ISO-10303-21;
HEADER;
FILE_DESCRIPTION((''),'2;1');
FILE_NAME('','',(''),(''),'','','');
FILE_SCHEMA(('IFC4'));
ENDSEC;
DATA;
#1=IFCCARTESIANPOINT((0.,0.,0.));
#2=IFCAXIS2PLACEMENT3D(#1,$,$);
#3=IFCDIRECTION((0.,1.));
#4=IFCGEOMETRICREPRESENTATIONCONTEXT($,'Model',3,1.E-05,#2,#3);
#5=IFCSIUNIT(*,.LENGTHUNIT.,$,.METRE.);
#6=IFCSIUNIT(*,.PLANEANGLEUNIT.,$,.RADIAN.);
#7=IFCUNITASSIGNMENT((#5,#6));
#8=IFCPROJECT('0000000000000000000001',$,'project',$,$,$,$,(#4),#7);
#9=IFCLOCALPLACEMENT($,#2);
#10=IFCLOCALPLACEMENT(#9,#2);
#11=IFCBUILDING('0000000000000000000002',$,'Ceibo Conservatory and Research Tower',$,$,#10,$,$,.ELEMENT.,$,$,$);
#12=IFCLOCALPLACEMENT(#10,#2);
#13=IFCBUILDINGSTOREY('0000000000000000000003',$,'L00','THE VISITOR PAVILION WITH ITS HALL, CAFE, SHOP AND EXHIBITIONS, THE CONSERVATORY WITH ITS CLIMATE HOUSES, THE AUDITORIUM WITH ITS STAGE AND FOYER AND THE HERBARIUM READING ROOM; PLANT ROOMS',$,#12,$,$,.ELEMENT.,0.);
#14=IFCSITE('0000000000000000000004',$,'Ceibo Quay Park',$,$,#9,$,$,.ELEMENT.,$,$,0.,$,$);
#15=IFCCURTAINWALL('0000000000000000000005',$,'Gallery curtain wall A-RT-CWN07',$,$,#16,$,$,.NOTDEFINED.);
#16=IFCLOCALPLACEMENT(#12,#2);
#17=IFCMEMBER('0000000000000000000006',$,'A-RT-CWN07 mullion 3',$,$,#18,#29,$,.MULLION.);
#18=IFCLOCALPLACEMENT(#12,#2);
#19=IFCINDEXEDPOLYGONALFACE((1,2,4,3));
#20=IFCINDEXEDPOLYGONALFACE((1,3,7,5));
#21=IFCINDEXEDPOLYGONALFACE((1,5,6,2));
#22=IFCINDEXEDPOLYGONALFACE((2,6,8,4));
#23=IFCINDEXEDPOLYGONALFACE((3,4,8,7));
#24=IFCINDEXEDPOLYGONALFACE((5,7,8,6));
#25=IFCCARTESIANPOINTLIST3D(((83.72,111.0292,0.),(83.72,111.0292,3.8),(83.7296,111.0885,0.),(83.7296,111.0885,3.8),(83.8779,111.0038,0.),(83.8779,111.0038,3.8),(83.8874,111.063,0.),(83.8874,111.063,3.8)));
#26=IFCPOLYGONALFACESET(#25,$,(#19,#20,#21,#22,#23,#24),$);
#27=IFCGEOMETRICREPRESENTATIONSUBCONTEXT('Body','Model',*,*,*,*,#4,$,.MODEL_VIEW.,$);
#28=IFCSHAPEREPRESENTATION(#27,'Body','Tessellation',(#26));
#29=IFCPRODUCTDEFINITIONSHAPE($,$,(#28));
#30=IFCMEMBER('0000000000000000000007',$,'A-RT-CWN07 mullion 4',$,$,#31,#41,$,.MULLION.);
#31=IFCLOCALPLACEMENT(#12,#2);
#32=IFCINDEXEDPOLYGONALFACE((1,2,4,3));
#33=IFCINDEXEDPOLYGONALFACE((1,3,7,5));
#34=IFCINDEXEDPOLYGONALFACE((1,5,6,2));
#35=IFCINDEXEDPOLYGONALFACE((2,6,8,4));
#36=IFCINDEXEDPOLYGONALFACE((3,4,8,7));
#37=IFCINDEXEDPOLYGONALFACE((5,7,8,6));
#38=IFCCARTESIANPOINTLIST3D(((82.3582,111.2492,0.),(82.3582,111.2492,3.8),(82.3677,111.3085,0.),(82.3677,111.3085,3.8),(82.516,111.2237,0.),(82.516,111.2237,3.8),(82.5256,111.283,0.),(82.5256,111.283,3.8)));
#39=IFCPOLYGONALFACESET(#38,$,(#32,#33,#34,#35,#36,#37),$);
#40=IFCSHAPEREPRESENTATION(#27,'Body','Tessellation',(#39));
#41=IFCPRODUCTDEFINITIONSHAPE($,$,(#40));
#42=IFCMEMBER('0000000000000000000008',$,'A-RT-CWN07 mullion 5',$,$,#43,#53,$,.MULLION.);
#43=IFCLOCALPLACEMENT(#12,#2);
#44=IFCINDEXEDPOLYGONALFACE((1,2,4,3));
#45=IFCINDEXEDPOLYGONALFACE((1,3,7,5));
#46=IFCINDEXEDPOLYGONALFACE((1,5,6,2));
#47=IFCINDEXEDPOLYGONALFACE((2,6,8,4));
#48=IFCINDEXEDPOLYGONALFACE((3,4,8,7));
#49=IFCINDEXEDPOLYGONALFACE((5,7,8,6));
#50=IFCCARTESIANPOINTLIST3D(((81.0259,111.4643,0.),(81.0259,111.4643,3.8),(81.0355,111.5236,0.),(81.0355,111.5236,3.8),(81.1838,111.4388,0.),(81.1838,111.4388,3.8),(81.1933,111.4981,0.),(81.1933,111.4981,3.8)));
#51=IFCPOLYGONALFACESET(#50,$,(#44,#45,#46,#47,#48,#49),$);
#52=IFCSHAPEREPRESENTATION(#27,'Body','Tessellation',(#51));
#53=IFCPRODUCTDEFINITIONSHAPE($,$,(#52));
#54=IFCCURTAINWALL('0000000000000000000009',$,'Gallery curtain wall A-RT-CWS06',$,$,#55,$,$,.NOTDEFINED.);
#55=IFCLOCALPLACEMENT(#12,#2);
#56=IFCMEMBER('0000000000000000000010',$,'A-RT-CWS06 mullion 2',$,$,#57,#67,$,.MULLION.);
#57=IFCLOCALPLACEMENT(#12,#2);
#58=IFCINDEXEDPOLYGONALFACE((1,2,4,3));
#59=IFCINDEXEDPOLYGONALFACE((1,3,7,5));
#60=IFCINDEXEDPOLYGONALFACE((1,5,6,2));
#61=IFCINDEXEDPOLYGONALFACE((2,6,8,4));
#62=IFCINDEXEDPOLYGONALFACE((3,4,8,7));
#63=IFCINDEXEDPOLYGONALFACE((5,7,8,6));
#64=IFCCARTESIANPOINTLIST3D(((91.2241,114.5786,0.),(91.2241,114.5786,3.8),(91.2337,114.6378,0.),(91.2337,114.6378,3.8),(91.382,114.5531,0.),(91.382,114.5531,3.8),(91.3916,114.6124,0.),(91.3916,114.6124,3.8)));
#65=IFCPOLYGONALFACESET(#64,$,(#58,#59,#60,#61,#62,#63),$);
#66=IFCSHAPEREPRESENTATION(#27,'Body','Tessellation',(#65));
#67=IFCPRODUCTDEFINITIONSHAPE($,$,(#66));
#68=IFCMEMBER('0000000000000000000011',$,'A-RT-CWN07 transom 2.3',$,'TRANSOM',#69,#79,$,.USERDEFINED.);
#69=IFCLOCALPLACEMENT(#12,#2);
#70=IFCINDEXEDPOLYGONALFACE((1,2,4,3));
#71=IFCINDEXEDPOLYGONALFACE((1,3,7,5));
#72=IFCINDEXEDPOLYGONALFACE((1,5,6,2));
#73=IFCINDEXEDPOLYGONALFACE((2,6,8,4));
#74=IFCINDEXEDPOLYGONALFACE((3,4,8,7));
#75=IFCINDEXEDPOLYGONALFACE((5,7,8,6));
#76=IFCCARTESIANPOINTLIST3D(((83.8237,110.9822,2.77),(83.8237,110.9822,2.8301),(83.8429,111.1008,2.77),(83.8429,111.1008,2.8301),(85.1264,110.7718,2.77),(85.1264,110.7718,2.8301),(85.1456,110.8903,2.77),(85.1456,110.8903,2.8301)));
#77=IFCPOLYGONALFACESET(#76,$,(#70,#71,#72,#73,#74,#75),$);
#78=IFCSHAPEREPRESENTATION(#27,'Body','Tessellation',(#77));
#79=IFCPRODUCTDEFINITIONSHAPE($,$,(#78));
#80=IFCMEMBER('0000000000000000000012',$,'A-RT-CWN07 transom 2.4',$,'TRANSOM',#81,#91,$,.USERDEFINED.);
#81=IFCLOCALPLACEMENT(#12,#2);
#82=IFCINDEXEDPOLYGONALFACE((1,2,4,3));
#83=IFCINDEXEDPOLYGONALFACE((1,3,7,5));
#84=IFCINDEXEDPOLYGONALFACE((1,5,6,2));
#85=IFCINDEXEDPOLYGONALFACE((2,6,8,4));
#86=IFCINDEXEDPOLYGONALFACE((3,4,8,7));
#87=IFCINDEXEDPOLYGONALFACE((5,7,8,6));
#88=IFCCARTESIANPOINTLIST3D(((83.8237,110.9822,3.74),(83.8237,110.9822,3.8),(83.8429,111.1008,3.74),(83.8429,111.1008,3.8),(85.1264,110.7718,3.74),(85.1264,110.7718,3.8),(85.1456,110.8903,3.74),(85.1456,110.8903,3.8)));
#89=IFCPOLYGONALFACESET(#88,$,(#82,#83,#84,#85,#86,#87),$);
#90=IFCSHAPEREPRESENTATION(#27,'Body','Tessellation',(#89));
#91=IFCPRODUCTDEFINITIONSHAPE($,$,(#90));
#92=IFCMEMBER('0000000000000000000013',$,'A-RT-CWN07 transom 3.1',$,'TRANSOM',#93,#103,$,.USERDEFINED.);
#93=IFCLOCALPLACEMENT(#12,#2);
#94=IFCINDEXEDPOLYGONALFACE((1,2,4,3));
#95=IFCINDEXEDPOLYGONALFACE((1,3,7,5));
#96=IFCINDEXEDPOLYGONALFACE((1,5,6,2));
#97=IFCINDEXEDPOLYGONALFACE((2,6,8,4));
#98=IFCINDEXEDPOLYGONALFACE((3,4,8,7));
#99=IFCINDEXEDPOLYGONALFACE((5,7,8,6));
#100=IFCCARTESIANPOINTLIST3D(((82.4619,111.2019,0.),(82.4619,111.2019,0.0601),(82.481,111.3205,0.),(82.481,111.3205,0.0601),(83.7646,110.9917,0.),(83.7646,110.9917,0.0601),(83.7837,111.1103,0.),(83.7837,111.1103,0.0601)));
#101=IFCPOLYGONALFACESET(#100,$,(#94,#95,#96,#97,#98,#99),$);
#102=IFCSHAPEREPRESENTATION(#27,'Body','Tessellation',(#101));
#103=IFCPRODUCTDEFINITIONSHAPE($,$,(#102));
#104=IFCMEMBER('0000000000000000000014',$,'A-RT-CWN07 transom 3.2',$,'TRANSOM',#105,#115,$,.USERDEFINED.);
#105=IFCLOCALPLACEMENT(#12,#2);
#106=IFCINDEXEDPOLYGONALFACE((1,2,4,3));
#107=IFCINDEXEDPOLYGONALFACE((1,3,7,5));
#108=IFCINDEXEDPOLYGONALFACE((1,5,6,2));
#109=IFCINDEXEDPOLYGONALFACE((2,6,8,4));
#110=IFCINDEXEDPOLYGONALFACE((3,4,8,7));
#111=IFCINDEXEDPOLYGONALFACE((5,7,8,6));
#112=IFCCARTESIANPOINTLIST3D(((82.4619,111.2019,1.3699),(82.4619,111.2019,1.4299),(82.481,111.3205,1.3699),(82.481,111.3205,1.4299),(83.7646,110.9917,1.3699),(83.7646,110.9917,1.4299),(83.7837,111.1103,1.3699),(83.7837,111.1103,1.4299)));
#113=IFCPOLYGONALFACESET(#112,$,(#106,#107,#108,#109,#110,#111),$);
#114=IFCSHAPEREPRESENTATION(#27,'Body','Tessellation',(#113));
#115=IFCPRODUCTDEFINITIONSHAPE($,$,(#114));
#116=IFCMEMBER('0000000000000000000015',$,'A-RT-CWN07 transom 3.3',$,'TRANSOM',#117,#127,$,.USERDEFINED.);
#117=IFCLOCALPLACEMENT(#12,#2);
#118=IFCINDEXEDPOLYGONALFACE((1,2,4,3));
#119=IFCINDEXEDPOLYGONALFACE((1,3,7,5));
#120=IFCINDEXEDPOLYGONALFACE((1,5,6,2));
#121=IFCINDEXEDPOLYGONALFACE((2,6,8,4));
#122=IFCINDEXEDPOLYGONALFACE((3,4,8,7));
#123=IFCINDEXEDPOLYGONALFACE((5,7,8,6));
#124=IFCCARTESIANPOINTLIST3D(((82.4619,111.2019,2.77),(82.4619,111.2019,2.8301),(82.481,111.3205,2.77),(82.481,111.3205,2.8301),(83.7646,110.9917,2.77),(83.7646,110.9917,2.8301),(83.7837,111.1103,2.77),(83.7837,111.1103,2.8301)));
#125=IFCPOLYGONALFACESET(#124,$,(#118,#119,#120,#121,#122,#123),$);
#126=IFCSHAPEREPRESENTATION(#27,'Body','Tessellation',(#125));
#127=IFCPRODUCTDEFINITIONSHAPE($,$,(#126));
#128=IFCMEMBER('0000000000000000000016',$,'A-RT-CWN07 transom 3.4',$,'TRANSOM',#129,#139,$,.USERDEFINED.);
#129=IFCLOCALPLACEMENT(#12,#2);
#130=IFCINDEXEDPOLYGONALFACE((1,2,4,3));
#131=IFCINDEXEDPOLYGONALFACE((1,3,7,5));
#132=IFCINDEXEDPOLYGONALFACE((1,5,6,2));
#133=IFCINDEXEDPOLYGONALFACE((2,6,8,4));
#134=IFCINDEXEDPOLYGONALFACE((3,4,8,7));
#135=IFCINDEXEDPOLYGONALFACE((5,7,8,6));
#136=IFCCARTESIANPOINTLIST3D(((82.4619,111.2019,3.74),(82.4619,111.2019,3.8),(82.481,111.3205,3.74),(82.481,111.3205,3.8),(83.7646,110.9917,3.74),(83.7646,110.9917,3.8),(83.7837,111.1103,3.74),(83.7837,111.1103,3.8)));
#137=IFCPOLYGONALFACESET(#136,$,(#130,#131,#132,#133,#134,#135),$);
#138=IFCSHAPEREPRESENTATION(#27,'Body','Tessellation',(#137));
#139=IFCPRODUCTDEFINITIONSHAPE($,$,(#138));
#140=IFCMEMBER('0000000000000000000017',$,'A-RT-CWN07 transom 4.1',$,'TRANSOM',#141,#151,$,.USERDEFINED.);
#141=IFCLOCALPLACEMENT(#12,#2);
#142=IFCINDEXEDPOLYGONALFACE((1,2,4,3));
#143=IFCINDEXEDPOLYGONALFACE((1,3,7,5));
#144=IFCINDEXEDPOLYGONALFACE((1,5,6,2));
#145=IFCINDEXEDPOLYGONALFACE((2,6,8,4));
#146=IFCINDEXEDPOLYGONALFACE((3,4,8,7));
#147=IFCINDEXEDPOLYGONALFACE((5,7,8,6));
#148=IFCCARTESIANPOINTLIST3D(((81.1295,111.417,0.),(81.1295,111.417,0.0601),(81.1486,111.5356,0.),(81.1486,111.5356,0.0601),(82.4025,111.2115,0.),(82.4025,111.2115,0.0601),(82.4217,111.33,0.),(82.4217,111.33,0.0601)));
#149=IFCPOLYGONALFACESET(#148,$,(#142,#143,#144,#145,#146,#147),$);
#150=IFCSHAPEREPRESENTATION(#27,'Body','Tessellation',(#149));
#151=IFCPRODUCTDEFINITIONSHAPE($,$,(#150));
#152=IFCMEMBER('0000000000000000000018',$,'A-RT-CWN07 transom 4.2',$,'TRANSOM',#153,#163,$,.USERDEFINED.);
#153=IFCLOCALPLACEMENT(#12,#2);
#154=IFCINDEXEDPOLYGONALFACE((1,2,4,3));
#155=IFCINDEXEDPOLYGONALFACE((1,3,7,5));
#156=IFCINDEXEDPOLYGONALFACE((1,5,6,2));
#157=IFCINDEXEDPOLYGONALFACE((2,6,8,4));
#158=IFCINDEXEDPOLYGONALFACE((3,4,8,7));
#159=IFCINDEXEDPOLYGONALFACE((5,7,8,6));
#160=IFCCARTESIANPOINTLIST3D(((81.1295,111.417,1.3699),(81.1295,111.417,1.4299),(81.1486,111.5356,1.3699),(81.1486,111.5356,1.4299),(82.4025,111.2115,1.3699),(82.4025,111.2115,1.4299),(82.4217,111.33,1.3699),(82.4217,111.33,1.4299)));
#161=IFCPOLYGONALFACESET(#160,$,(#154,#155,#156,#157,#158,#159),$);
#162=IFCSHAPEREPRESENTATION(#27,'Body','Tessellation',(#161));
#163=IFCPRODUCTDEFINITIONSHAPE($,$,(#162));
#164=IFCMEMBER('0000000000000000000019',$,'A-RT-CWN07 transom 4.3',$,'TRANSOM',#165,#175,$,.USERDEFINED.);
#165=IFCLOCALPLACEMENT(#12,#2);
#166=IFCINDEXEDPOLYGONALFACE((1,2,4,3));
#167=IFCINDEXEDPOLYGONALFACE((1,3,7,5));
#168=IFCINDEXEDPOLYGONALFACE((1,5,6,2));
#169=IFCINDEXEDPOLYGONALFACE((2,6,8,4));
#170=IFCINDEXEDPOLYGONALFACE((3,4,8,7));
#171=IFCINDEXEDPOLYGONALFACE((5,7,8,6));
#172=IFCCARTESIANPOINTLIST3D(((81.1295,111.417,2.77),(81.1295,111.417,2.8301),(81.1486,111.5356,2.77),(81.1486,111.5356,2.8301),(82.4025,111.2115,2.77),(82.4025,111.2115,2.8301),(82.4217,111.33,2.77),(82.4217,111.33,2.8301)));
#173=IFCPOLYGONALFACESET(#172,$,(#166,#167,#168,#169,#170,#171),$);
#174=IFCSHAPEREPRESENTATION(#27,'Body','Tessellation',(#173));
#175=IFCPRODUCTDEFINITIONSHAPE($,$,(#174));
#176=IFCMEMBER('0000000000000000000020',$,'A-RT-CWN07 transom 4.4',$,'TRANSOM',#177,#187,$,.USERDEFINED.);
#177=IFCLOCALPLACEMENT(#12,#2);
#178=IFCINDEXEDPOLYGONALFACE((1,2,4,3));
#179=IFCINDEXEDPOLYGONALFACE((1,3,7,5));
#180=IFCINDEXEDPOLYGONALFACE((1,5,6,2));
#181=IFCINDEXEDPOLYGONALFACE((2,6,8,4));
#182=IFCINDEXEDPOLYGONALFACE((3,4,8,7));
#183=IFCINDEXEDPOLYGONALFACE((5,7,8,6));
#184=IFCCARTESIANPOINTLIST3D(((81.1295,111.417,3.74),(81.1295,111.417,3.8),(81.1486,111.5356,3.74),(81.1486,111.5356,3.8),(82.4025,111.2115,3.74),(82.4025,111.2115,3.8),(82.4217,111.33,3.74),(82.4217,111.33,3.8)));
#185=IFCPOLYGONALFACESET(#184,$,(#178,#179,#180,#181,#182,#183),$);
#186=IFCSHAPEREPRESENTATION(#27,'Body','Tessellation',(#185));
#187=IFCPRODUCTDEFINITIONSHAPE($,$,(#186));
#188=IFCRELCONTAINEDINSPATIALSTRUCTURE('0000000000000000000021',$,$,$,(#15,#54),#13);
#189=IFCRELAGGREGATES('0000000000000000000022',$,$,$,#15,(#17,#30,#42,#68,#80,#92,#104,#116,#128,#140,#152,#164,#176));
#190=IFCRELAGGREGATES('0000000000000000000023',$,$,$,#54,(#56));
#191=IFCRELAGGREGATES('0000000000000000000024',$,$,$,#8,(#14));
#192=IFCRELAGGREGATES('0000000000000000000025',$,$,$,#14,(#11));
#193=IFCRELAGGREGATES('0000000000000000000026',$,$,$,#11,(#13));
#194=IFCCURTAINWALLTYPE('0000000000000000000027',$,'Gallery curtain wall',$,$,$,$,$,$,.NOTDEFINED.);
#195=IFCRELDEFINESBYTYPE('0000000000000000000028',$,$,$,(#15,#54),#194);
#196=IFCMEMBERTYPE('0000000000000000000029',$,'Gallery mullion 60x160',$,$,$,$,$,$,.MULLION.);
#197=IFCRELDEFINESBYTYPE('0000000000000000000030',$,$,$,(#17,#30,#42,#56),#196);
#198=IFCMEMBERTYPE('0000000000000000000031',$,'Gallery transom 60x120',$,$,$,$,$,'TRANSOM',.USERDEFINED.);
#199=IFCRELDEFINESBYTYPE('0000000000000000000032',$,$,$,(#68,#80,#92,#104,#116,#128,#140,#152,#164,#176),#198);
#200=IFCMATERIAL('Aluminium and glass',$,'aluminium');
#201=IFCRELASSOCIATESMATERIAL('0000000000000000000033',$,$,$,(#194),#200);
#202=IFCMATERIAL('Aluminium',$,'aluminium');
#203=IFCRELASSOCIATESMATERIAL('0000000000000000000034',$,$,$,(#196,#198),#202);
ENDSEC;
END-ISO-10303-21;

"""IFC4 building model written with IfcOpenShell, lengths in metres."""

from ifc_helpers import new_model, si_unit, direction, frame, origin, origin_2d, place, context, subcontext, project, spatial, rectangle, extrude, material, material_profile, profile_set, type_object, element, aggregate, save


model = new_model("IFC4")

# Units and contexts
model_context = context("Model", 3, precision=1e-05, world=origin(), true_north=direction((0.0, 1.0)))
body_context = subcontext(model_context, "Body", "Model", "MODEL_VIEW")
ifc_project = project(units=[si_unit("LENGTHUNIT", "METRE"), si_unit("PLANEANGLEUNIT", "RADIAN")], contexts=[model_context])

# Site, building, storey
site_placement = place(None, origin())
site = spatial("IfcSite", under=ifc_project, at=site_placement, Name="Ceibo Quay Park", CompositionType="ELEMENT", RefElevation=0.0)
building_placement = place(site_placement, origin())
building = spatial("IfcBuilding", under=site, at=building_placement, Name="Ceibo Conservatory and Research Tower", CompositionType="ELEMENT")
storey_placement = place(building_placement, origin())
storey = spatial("IfcBuildingStorey", under=building, at=storey_placement, Name="L00", Description="THE VISITOR PAVILION WITH ITS HALL, CAFE, SHOP AND EXHIBITIONS, THE CONSERVATORY WITH ITS CLIMATE HOUSES, THE AUDITORIUM WITH ITS STAGE AND FOYER AND THE HERBARIUM READING ROOM; PLANT ROOMS", CompositionType="ELEMENT", Elevation=0.0)

# Curtain wall, members
ifc_material_1 = material(Name="Aluminium and glass", Category="aluminium")
curtain_wall_type = type_object("IfcCurtainWallType", Name="Gallery curtain wall", PredefinedType="NOTDEFINED", material=ifc_material_1)
curtain_wall_1_placement = place(storey_placement, origin())
curtain_wall_1 = element("IfcCurtainWall", 1, at=curtain_wall_1_placement, inside=storey, type_object=curtain_wall_type, Name="Gallery curtain wall A-RT-CWN07", PredefinedType="NOTDEFINED")
ifc_material_2 = material(Name="Aluminium", Category="aluminium")
ifc_material_profile_1 = material_profile(ifc_material_2, rectangle(XDim=0.0601, YDim=0.1599, at=origin_2d()), Name="AL 60x160")
ifc_profile_set_1 = profile_set([ifc_material_profile_1], Name="Aluminium")
member_type_1 = type_object("IfcMemberType", Name="Gallery mullion 60x160", PredefinedType="MULLION", material=ifc_profile_set_1)
member_1_placement = place(storey_placement, frame((83.8037, 111.0461, 0.0), z_axis=(0.0, 0.0, 1.0), x_axis=(-0.159391, -0.987216, 0.0)))
member_1 = element("IfcMember", 2, at=member_1_placement, type_object=member_type_1, Name="A-RT-CWN07 mullion 3", PredefinedType="MULLION", context=body_context, shape_type="SweptSolid", body=[
    extrude(rectangle(XDim=0.0601, YDim=0.1599, at=origin_2d()), origin(), (0.0, 0.0, 1.0), 3.8),
])
member_2_placement = place(storey_placement, frame((82.4419, 111.2661, 0.0), z_axis=(0.0, 0.0, 1.0), x_axis=(-0.159391, -0.987216, 0.0)))
member_2 = element("IfcMember", 3, at=member_2_placement, type_object=member_type_1, Name="A-RT-CWN07 mullion 4", PredefinedType="MULLION", context=body_context, shape_type="SweptSolid", body=[
    extrude(rectangle(XDim=0.0601, YDim=0.1599, at=origin_2d()), origin(), (0.0, 0.0, 1.0), 3.8),
])
member_3_placement = place(storey_placement, frame((81.1096, 111.4812, 0.0), z_axis=(0.0, 0.0, 1.0), x_axis=(-0.159391, -0.987216, 0.0)))
member_3 = element("IfcMember", 4, at=member_3_placement, type_object=member_type_1, Name="A-RT-CWN07 mullion 5", PredefinedType="MULLION", context=body_context, shape_type="SweptSolid", body=[
    extrude(rectangle(XDim=0.0601, YDim=0.1599, at=origin_2d()), origin(), (0.0, 0.0, 1.0), 3.8),
])

# Curtain wall, member
curtain_wall_2_placement = place(storey_placement, origin())
curtain_wall_2 = element("IfcCurtainWall", 5, at=curtain_wall_2_placement, inside=storey, type_object=curtain_wall_type, Name="Gallery curtain wall A-RT-CWS06", PredefinedType="NOTDEFINED")
member_4_placement = place(storey_placement, frame((91.3079, 114.5955, 0.0), z_axis=(0.0, 0.0, 1.0), x_axis=(-0.159391, -0.987216, 0.0)))
member_4 = element("IfcMember", 6, at=member_4_placement, type_object=member_type_1, Name="A-RT-CWS06 mullion 2", PredefinedType="MULLION", context=body_context, shape_type="SweptSolid", body=[
    extrude(rectangle(XDim=0.0601, YDim=0.1599, at=origin_2d()), origin(), (0.0, 0.0, 1.0), 3.8),
])

# Members
ifc_material_profile_2 = material_profile(ifc_material_2, rectangle(XDim=0.1201, YDim=0.0601, at=origin_2d()), Name="AL 60x120")
ifc_profile_set_2 = profile_set([ifc_material_profile_2], Name="Aluminium")
member_type_2 = type_object("IfcMemberType", Name="Gallery transom 60x120", ElementType="TRANSOM", PredefinedType="USERDEFINED", material=ifc_profile_set_2)
member_5_placement = place(storey_placement, frame((85.136, 110.8311, 2.8), z_axis=(-0.987202, 0.159477, 0.0), x_axis=(-0.159477, -0.987202, 0.0)))
member_5 = element("IfcMember", 7, at=member_5_placement, type_object=member_type_2, Name="A-RT-CWN07 transom 2.3", ObjectType="TRANSOM", PredefinedType="USERDEFINED", context=body_context, shape_type="SweptSolid", body=[
    extrude(rectangle(XDim=0.1201, YDim=0.0601, at=origin_2d()), origin(), (0.0, 0.0, 1.0), 1.3196),
])
member_6_placement = place(storey_placement, frame((85.136, 110.8311, 3.77), z_axis=(-0.987202, 0.159477, 0.0), x_axis=(-0.159477, -0.987202, 0.0)))
member_6 = element("IfcMember", 8, at=member_6_placement, type_object=member_type_2, Name="A-RT-CWN07 transom 2.4", ObjectType="TRANSOM", PredefinedType="USERDEFINED", context=body_context, shape_type="SweptSolid", body=[
    extrude(rectangle(XDim=0.1201, YDim=0.0601, at=origin_2d()), origin(), (0.0, 0.0, 1.0), 1.3196),
])
member_7_placement = place(storey_placement, frame((83.7742, 111.051, 0.03), z_axis=(-0.987231, 0.159296, 0.0), x_axis=(-0.159296, -0.987231, 0.0)))
member_7 = element("IfcMember", 9, at=member_7_placement, type_object=member_type_2, Name="A-RT-CWN07 transom 3.1", ObjectType="TRANSOM", PredefinedType="USERDEFINED", context=body_context, shape_type="SweptSolid", body=[
    extrude(rectangle(XDim=0.1201, YDim=0.0601, at=origin_2d()), origin(), (0.0, 0.0, 1.0), 1.3196),
])
member_8_placement = place(storey_placement, frame((83.7742, 111.051, 1.3999), z_axis=(-0.987231, 0.159296, 0.0), x_axis=(-0.159296, -0.987231, 0.0)))
member_8 = element("IfcMember", 10, at=member_8_placement, type_object=member_type_2, Name="A-RT-CWN07 transom 3.2", ObjectType="TRANSOM", PredefinedType="USERDEFINED", context=body_context, shape_type="SweptSolid", body=[
    extrude(rectangle(XDim=0.1201, YDim=0.0601, at=origin_2d()), origin(), (0.0, 0.0, 1.0), 1.3196),
])
member_9_placement = place(storey_placement, frame((83.7742, 111.051, 2.8), z_axis=(-0.987231, 0.159296, 0.0), x_axis=(-0.159296, -0.987231, 0.0)))
member_9 = element("IfcMember", 11, at=member_9_placement, type_object=member_type_2, Name="A-RT-CWN07 transom 3.3", ObjectType="TRANSOM", PredefinedType="USERDEFINED", context=body_context, shape_type="SweptSolid", body=[
    extrude(rectangle(XDim=0.1201, YDim=0.0601, at=origin_2d()), origin(), (0.0, 0.0, 1.0), 1.3196),
])
member_10_placement = place(storey_placement, frame((83.7742, 111.051, 3.77), z_axis=(-0.987231, 0.159296, 0.0), x_axis=(-0.159296, -0.987231, 0.0)))
member_10 = element("IfcMember", 12, at=member_10_placement, type_object=member_type_2, Name="A-RT-CWN07 transom 3.4", ObjectType="TRANSOM", PredefinedType="USERDEFINED", context=body_context, shape_type="SweptSolid", body=[
    extrude(rectangle(XDim=0.1201, YDim=0.0601, at=origin_2d()), origin(), (0.0, 0.0, 1.0), 1.3196),
])
member_11_placement = place(storey_placement, frame((82.4121, 111.2708, 0.03), z_axis=(-0.98721, 0.159423, 0.0), x_axis=(-0.159423, -0.98721, 0.0)))
member_11 = element("IfcMember", 13, at=member_11_placement, type_object=member_type_2, Name="A-RT-CWN07 transom 4.1", ObjectType="TRANSOM", PredefinedType="USERDEFINED", context=body_context, shape_type="SweptSolid", body=[
    extrude(rectangle(XDim=0.1201, YDim=0.0601, at=origin_2d()), origin(), (0.0, 0.0, 1.0), 1.2896),
])
member_12_placement = place(storey_placement, frame((82.4121, 111.2708, 1.3999), z_axis=(-0.98721, 0.159423, 0.0), x_axis=(-0.159423, -0.98721, 0.0)))
member_12 = element("IfcMember", 14, at=member_12_placement, type_object=member_type_2, Name="A-RT-CWN07 transom 4.2", ObjectType="TRANSOM", PredefinedType="USERDEFINED", context=body_context, shape_type="SweptSolid", body=[
    extrude(rectangle(XDim=0.1201, YDim=0.0601, at=origin_2d()), origin(), (0.0, 0.0, 1.0), 1.2896),
])
member_13_placement = place(storey_placement, frame((82.4121, 111.2708, 2.8), z_axis=(-0.98721, 0.159423, 0.0), x_axis=(-0.159423, -0.98721, 0.0)))
member_13 = element("IfcMember", 15, at=member_13_placement, type_object=member_type_2, Name="A-RT-CWN07 transom 4.3", ObjectType="TRANSOM", PredefinedType="USERDEFINED", context=body_context, shape_type="SweptSolid", body=[
    extrude(rectangle(XDim=0.1201, YDim=0.0601, at=origin_2d()), origin(), (0.0, 0.0, 1.0), 1.2896),
])
member_14_placement = place(storey_placement, frame((82.4121, 111.2708, 3.77), z_axis=(-0.98721, 0.159423, 0.0), x_axis=(-0.159423, -0.98721, 0.0)))
member_14 = element("IfcMember", 16, at=member_14_placement, type_object=member_type_2, Name="A-RT-CWN07 transom 4.4", ObjectType="TRANSOM", PredefinedType="USERDEFINED", context=body_context, shape_type="SweptSolid", body=[
    extrude(rectangle(XDim=0.1201, YDim=0.0601, at=origin_2d()), origin(), (0.0, 0.0, 1.0), 1.2896),
])

aggregate(curtain_wall_1, [member_1, member_2, member_3, member_5, member_6, member_7, member_8, member_9, member_10, member_11, member_12, member_13, member_14])
aggregate(curtain_wall_2, [member_4])

save(model, "model.ifc")
